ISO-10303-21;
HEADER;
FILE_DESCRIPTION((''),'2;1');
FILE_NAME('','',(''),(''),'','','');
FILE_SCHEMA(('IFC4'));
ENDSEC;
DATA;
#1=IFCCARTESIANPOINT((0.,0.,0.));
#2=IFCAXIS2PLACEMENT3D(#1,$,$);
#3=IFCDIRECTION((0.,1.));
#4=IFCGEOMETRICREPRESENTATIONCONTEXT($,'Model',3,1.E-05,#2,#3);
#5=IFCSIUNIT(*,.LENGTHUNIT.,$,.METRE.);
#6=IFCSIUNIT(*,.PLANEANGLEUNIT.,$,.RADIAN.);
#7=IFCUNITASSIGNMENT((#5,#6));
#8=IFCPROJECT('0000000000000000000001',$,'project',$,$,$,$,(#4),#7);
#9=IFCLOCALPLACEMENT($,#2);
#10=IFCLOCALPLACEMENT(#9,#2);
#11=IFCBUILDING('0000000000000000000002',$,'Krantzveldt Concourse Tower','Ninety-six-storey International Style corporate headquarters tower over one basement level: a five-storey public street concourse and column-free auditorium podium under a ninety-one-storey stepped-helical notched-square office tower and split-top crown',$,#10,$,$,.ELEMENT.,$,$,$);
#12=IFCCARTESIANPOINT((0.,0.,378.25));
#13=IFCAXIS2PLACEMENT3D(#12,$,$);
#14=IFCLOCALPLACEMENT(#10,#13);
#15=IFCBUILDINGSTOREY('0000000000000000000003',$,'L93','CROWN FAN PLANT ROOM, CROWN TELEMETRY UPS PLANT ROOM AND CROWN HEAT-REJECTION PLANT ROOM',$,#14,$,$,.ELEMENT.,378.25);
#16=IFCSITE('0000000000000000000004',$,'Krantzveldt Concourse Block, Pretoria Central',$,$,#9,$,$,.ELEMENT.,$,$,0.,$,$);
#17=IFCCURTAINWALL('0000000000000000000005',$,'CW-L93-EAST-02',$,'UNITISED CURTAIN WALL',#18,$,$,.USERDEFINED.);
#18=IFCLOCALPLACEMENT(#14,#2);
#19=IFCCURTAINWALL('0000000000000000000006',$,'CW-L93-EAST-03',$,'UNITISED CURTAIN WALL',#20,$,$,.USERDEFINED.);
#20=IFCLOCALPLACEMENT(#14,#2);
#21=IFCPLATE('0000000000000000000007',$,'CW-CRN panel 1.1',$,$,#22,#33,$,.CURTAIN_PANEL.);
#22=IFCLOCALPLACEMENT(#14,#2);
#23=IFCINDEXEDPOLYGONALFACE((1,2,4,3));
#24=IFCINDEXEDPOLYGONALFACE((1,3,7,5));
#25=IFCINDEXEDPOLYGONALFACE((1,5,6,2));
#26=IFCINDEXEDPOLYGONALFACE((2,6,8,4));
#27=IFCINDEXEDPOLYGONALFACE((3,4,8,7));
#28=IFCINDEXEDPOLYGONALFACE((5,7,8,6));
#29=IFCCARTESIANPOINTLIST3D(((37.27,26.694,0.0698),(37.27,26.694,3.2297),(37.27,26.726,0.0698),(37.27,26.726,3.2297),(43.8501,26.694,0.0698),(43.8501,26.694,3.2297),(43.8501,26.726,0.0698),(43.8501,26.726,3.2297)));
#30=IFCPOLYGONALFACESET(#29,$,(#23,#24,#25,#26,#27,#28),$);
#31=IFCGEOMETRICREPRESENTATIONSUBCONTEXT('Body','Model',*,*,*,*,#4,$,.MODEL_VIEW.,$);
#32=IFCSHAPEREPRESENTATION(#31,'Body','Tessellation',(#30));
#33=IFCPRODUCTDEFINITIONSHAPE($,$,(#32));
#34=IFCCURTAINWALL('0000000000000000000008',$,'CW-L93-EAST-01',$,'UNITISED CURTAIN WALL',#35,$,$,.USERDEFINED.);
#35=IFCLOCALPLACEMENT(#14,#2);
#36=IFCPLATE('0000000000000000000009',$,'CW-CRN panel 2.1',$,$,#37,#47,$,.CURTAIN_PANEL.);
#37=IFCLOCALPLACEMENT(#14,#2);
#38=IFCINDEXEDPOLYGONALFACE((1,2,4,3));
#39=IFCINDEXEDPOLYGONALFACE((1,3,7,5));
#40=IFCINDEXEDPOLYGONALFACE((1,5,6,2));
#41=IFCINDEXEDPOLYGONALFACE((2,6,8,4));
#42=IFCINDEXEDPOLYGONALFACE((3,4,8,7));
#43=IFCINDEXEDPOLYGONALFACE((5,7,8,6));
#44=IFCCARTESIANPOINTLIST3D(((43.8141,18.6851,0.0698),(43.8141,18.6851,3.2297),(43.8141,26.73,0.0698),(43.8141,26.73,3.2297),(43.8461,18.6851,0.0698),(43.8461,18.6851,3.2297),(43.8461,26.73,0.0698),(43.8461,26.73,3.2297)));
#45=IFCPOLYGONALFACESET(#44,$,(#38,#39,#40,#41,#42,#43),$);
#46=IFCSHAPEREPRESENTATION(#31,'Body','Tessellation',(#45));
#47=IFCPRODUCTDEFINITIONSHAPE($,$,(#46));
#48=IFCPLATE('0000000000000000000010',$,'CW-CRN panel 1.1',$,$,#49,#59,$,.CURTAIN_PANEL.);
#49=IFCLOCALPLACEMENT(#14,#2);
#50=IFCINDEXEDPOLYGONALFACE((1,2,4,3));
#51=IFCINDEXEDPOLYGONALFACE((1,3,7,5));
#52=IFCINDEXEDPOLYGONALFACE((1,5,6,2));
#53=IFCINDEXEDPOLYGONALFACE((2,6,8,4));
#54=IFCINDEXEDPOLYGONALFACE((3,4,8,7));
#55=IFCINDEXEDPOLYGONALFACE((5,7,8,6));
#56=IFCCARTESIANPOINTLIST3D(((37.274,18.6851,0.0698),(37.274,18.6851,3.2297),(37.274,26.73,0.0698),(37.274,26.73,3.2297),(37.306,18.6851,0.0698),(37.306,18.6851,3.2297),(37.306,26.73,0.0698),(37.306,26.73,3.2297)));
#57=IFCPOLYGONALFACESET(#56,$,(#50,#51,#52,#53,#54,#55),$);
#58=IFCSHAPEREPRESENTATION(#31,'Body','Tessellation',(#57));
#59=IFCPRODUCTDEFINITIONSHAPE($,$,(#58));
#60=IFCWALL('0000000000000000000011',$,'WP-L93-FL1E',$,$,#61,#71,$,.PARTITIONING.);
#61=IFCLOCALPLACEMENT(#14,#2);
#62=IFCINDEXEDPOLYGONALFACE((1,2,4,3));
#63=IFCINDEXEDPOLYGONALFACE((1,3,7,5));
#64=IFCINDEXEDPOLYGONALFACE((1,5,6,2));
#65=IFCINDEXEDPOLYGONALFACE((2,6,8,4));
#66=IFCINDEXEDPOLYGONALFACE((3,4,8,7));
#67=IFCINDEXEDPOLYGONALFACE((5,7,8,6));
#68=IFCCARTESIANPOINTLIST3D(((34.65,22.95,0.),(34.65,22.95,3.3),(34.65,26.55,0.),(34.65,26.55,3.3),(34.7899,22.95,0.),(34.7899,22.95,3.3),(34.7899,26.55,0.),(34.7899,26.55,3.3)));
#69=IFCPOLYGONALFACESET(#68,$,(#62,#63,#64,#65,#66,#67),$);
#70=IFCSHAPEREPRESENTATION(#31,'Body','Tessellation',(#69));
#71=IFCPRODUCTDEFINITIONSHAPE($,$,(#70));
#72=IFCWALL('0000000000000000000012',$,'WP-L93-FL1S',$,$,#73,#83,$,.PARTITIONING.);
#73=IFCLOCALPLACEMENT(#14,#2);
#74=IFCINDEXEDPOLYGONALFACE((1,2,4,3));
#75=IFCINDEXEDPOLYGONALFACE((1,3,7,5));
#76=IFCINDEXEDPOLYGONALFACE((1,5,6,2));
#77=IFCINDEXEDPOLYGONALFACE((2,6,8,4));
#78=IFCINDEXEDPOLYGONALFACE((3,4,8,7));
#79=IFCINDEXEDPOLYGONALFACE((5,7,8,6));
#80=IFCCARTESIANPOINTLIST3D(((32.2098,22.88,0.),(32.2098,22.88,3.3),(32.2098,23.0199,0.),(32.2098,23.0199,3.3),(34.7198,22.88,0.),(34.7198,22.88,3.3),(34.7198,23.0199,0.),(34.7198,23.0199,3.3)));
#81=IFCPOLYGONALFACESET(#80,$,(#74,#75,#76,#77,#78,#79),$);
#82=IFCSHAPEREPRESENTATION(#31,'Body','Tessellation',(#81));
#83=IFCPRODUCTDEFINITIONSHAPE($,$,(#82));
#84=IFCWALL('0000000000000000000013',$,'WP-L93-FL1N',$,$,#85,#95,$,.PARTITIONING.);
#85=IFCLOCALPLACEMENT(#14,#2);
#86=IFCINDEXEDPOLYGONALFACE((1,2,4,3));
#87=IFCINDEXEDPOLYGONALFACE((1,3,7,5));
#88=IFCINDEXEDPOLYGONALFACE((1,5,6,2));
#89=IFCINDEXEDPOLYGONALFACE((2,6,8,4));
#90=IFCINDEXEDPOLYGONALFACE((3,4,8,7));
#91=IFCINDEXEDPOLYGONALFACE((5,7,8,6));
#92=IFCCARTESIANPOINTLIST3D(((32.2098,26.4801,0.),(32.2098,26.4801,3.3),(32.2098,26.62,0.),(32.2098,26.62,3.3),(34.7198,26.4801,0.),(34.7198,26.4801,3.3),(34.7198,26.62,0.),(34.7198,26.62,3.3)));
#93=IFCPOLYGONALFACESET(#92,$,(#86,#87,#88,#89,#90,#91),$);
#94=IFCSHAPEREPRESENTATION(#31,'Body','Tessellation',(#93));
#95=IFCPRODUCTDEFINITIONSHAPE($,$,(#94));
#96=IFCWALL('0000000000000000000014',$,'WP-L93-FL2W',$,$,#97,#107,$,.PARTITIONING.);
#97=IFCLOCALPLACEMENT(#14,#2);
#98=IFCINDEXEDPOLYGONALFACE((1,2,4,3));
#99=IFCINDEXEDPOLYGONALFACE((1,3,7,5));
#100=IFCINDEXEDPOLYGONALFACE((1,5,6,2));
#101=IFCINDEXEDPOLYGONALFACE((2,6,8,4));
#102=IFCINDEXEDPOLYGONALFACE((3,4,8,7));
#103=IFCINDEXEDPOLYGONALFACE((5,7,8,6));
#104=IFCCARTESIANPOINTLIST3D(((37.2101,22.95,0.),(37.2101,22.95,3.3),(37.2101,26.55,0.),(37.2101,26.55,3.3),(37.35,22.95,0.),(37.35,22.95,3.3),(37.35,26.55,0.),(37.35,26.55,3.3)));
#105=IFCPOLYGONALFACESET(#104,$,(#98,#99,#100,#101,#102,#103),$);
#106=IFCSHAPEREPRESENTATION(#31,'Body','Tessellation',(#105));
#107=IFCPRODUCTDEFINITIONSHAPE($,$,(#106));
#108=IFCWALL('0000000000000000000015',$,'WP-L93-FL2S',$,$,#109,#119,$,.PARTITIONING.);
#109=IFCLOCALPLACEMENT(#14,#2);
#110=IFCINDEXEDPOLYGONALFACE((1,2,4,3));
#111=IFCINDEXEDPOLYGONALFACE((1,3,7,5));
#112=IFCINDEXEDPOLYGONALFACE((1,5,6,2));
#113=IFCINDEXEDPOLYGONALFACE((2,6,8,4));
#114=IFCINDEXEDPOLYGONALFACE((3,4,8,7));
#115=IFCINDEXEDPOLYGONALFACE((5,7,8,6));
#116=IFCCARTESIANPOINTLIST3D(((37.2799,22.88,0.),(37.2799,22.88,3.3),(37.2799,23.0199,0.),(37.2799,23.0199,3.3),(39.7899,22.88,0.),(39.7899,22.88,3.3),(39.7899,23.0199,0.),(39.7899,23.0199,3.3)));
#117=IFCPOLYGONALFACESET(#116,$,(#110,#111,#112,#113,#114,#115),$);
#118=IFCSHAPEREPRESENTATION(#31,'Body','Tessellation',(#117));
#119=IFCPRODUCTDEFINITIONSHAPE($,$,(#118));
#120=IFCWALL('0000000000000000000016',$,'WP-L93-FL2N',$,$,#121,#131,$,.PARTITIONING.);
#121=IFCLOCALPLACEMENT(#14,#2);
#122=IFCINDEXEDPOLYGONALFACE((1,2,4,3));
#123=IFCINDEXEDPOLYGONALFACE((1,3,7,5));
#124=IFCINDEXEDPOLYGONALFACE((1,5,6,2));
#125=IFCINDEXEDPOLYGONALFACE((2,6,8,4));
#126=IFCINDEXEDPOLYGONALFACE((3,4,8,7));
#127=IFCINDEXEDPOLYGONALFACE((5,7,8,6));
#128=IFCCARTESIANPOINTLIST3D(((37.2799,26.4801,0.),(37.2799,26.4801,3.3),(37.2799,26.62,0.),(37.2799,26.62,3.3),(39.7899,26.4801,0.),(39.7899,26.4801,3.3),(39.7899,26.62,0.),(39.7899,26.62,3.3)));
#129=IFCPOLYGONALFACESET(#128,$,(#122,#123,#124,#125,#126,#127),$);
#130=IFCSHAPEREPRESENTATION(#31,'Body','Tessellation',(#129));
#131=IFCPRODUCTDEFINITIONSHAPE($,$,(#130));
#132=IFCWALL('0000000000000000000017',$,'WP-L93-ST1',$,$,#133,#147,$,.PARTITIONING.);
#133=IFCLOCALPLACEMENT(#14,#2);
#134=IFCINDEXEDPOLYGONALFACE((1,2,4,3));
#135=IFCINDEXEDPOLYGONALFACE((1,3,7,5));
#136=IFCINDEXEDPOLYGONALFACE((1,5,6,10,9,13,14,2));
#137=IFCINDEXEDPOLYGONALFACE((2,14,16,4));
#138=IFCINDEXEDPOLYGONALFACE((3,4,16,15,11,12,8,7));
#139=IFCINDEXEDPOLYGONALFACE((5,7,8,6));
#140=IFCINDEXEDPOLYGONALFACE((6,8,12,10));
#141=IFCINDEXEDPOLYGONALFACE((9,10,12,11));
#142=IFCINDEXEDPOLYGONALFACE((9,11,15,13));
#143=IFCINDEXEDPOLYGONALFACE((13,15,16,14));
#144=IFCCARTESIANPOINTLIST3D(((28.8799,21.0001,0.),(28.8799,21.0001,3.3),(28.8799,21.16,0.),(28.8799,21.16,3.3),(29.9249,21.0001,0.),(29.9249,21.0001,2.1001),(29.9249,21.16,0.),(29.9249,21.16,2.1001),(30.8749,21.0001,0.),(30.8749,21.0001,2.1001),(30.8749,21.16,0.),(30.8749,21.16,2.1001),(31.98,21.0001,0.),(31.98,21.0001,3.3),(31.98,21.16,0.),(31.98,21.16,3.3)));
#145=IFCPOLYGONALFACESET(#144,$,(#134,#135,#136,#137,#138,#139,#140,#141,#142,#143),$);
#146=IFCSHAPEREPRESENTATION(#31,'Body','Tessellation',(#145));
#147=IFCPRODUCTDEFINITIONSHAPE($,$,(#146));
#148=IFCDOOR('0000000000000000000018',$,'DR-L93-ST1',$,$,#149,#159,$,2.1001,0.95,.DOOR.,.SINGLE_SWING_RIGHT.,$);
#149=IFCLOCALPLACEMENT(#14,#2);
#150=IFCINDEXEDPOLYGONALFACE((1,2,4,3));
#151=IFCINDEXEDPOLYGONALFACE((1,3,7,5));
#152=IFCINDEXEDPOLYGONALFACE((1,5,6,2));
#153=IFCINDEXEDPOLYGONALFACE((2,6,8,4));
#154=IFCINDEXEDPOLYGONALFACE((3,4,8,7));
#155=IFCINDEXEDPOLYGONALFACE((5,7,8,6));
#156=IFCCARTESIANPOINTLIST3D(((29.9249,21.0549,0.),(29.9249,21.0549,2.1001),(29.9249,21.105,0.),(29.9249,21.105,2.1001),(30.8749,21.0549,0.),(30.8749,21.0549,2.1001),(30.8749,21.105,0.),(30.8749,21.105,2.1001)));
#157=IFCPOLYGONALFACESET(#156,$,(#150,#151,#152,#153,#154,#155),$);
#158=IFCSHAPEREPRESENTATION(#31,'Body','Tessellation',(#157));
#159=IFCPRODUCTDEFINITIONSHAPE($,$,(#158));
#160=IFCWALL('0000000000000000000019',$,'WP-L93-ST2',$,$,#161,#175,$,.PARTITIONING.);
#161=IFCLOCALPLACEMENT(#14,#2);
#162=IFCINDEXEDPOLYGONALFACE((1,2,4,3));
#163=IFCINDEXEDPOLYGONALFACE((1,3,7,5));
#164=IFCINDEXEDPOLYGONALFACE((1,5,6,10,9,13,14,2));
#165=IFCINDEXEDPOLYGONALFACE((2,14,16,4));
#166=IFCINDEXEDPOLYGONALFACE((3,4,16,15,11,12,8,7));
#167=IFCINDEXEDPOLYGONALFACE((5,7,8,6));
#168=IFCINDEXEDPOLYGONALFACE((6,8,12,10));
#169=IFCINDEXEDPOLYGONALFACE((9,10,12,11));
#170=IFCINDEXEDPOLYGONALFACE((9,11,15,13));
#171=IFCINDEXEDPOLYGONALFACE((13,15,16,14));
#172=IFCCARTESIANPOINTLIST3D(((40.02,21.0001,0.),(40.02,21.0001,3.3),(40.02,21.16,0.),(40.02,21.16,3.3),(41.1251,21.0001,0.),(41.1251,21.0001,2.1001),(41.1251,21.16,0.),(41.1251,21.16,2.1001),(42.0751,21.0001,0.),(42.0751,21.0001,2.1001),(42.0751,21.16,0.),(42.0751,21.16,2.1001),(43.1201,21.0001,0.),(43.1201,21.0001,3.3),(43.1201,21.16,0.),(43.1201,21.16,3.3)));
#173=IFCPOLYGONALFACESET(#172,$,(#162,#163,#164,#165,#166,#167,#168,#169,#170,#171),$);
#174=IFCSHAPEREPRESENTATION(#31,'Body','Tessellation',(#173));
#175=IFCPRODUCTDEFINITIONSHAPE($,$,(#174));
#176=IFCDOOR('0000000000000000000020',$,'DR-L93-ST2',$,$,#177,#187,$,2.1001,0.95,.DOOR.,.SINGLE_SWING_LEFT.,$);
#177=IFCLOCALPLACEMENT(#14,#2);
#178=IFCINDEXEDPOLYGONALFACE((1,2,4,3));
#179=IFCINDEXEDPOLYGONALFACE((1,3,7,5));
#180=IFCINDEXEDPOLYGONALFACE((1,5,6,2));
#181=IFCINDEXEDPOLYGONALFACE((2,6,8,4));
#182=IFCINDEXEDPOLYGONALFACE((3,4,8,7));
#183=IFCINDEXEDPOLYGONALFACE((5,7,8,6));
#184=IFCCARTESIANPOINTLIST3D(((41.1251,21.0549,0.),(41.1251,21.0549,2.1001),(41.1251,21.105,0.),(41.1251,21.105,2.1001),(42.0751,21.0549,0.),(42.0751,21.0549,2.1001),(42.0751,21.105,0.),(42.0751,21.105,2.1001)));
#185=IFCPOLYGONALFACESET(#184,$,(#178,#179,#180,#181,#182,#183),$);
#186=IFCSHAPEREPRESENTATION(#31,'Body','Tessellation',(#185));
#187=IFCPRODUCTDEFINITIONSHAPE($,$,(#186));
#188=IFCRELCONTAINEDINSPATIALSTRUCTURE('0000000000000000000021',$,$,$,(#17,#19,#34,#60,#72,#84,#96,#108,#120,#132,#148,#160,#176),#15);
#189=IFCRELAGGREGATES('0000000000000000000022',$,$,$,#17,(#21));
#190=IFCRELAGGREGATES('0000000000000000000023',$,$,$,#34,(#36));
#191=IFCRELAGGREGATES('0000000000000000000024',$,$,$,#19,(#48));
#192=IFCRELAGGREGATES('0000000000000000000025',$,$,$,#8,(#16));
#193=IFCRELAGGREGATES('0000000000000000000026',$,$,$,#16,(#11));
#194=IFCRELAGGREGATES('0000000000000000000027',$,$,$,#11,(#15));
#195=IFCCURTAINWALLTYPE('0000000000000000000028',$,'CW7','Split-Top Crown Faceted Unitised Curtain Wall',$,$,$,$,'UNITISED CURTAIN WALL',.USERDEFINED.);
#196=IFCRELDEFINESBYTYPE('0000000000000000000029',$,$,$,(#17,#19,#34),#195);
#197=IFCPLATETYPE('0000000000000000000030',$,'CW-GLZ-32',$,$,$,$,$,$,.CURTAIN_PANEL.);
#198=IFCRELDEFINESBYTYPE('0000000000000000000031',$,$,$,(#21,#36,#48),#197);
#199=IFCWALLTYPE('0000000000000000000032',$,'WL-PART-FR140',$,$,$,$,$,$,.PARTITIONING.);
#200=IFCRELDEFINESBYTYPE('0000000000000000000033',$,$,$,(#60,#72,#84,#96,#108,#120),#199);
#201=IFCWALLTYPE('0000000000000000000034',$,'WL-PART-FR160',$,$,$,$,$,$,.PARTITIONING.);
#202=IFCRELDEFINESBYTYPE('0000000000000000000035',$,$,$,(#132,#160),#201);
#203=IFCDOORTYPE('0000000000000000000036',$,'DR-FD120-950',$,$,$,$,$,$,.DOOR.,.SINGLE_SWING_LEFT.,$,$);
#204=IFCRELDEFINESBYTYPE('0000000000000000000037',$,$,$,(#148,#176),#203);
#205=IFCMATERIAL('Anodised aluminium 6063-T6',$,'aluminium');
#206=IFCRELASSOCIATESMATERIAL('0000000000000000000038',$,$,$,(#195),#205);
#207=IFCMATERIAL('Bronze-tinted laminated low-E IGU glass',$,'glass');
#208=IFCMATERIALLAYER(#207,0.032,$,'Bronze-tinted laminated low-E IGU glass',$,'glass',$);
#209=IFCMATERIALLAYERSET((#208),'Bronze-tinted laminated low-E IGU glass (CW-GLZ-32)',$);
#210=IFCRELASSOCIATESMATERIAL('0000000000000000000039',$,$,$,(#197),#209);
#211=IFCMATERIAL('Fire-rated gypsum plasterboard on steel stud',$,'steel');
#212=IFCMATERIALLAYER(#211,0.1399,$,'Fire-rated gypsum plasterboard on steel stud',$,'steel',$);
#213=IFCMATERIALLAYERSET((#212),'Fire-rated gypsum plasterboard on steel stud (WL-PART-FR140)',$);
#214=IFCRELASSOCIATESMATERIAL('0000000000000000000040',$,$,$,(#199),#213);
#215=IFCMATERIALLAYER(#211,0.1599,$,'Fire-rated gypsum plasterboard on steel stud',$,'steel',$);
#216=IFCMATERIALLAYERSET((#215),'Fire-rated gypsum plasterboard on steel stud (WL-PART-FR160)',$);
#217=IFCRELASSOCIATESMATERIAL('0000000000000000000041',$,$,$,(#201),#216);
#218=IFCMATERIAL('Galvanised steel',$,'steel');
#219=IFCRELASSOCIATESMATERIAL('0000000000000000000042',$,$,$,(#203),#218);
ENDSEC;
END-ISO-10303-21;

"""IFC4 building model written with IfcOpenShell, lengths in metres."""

from ifc_helpers import new_model, si_unit, direction, frame, frame_2d, origin, origin_2d, place, context, subcontext, project, spatial, rectangle, extrude, source, transform, mapped, material, layer, layer_set, type_object, element, fill, aggregate, save


model = new_model("IFC4")

# Units and contexts
model_context = context("Model", 3, precision=1e-05, world=origin(), true_north=direction((0.0, 1.0)))
body_context = subcontext(model_context, "Body", "Model", "MODEL_VIEW")
ifc_project = project(units=[si_unit("LENGTHUNIT", "METRE"), si_unit("PLANEANGLEUNIT", "RADIAN")], contexts=[model_context])

# Site, building, storey
site_placement = place(None, origin())
site = spatial("IfcSite", under=ifc_project, at=site_placement, Name="Krantzveldt Concourse Block, Pretoria Central", CompositionType="ELEMENT", RefElevation=0.0)
building_placement = place(site_placement, origin())
building = spatial("IfcBuilding", under=site, at=building_placement, Name="Krantzveldt Concourse Tower", Description="Ninety-six-storey International Style corporate headquarters tower over one basement level: a five-storey public street concourse and column-free auditorium podium under a ninety-one-storey stepped-helical notched-square office tower and split-top crown", CompositionType="ELEMENT")
storey_placement = place(building_placement, frame((0.0, 0.0, 378.25)))
storey = spatial("IfcBuildingStorey", under=building, at=storey_placement, Name="L93", Description="CROWN FAN PLANT ROOM, CROWN TELEMETRY UPS PLANT ROOM AND CROWN HEAT-REJECTION PLANT ROOM", CompositionType="ELEMENT", Elevation=378.25)

# Curtain walls
ifc_material_1 = material(Name="Anodised aluminium 6063-T6", Category="aluminium")
curtain_wall_type = type_object("IfcCurtainWallType", Name="CW7", Description="Split-Top Crown Faceted Unitised Curtain Wall", ElementType="UNITISED CURTAIN WALL", PredefinedType="USERDEFINED", material=ifc_material_1)
curtain_wall_1_placement = place(storey_placement, origin())
curtain_wall_1 = element("IfcCurtainWall", 1, at=curtain_wall_1_placement, inside=storey, type_object=curtain_wall_type, Name="CW-L93-EAST-02", ObjectType="UNITISED CURTAIN WALL", PredefinedType="USERDEFINED")
curtain_wall_2_placement = place(storey_placement, origin())
curtain_wall_2 = element("IfcCurtainWall", 2, at=curtain_wall_2_placement, inside=storey, type_object=curtain_wall_type, Name="CW-L93-EAST-03", ObjectType="UNITISED CURTAIN WALL", PredefinedType="USERDEFINED")

# Plate
ifc_material_2 = material(Name="Bronze-tinted laminated low-E IGU glass", Category="glass")
ifc_layer_1 = layer(ifc_material_2, 0.032, Name="Bronze-tinted laminated low-E IGU glass", Category="glass")
ifc_layer_set_1 = layer_set([ifc_layer_1], Name="Bronze-tinted laminated low-E IGU glass (CW-GLZ-32)")
plate_type = type_object("IfcPlateType", Name="CW-GLZ-32", PredefinedType="CURTAIN_PANEL", material=ifc_layer_set_1)
shared_shape_1 = source(origin(), body_context, "Body", "SweptSolid", [
    extrude(rectangle(XDim=6.5801, YDim=0.032, at=origin_2d()), origin(), (0.0, 0.0, 1.0), 3.1599),
])
plate_1_placement = place(storey_placement, frame((40.5601, 26.71, 0.0698), z_axis=(0.0, 0.0, 1.0), x_axis=(-1.0, 0.0, 0.0)))
plate_1 = element("IfcPlate", 3, at=plate_1_placement, type_object=plate_type, Name="CW-CRN panel 1.1", PredefinedType="CURTAIN_PANEL", context=body_context, shape_type="MappedRepresentation", body=[
    mapped(shared_shape_1, transform((0.0, 0.0, 0.0), x_axis=(1.0, 0.0, 0.0), y_axis=(0.0, 1.0, 0.0), z_axis=(0.0, 0.0, 1.0), scale=1.0)),
])
aggregate(curtain_wall_1, [plate_1])

# Curtain wall, plate
curtain_wall_3_placement = place(storey_placement, origin())
curtain_wall_3 = element("IfcCurtainWall", 4, at=curtain_wall_3_placement, inside=storey, type_object=curtain_wall_type, Name="CW-L93-EAST-01", ObjectType="UNITISED CURTAIN WALL", PredefinedType="USERDEFINED")
shared_shape_2 = source(origin(), body_context, "Body", "SweptSolid", [
    extrude(rectangle(XDim=8.0449, YDim=0.032, at=origin_2d()), origin(), (0.0, 0.0, 1.0), 3.1599),
])
plate_2_placement = place(storey_placement, frame((43.8301, 22.7075, 0.0698), z_axis=(0.0, 0.0, 1.0), x_axis=(0.0, 1.0, 0.0)))
plate_2 = element("IfcPlate", 5, at=plate_2_placement, type_object=plate_type, Name="CW-CRN panel 2.1", PredefinedType="CURTAIN_PANEL", context=body_context, shape_type="MappedRepresentation", body=[
    mapped(shared_shape_2, transform((0.0, 0.0, 0.0), x_axis=(1.0, 0.0, 0.0), y_axis=(0.0, 1.0, 0.0), z_axis=(0.0, 0.0, 1.0), scale=1.0)),
])
aggregate(curtain_wall_3, [plate_2])

# Plate
plate_3_placement = place(storey_placement, frame((37.29, 22.7075, 0.0698), z_axis=(0.0, 0.0, 1.0), x_axis=(0.0, -1.0, 0.0)))
plate_3 = element("IfcPlate", 6, at=plate_3_placement, type_object=plate_type, Name="CW-CRN panel 1.1", PredefinedType="CURTAIN_PANEL", context=body_context, shape_type="MappedRepresentation", body=[
    mapped(shared_shape_2, transform((0.0, 0.0, 0.0), x_axis=(1.0, 0.0, 0.0), y_axis=(0.0, 1.0, 0.0), z_axis=(0.0, 0.0, 1.0), scale=1.0)),
])
aggregate(curtain_wall_2, [plate_3])

# Walls
ifc_material_3 = material(Name="Fire-rated gypsum plasterboard on steel stud", Category="steel")
ifc_layer_2 = layer(ifc_material_3, 0.1399, Name="Fire-rated gypsum plasterboard on steel stud", Category="steel")
ifc_layer_set_2 = layer_set([ifc_layer_2], Name="Fire-rated gypsum plasterboard on steel stud (WL-PART-FR140)")
wall_type_1 = type_object("IfcWallType", Name="WL-PART-FR140", PredefinedType="PARTITIONING", material=ifc_layer_set_2)
wall_1_placement = place(storey_placement, frame((34.72, 22.95, 0.0), z_axis=(0.0, 0.0, 1.0), x_axis=(0.0, 1.0, 0.0)))
element("IfcWall", 7, at=wall_1_placement, inside=storey, type_object=wall_type_1, Name="WP-L93-FL1E", PredefinedType="PARTITIONING", context=body_context, shape_type="SweptSolid", body=[
    extrude(rectangle(XDim=3.6001, YDim=0.1399, at=frame_2d((1.8, 0.0))), origin(), (0.0, 0.0, 1.0), 3.3),
])
for number, where, z_axis, x_axis, name in (
    (8, (32.21, 22.95, 0.0), (0.0, 0.0, 1.0), (1.0, 0.0, 0.0), "WP-L93-FL1S"),
    (9, (32.21, 26.55, 0.0), (0.0, 0.0, 1.0), (1.0, 0.0, 0.0), "WP-L93-FL1N"),
):
    element("IfcWall", number, at=place(storey_placement, frame(where, z_axis=z_axis, x_axis=x_axis)), inside=storey, type_object=wall_type_1, Name=name, PredefinedType="PARTITIONING", context=body_context, shape_type="SweptSolid", body=[
        extrude(rectangle(XDim=2.51, YDim=0.1399, at=frame_2d((1.2549, 0.0))), origin(), (0.0, 0.0, 1.0), 3.3),
    ])
wall_2_placement = place(storey_placement, frame((37.28, 22.95, 0.0), z_axis=(0.0, 0.0, 1.0), x_axis=(0.0, 1.0, 0.0)))
element("IfcWall", 10, at=wall_2_placement, inside=storey, type_object=wall_type_1, Name="WP-L93-FL2W", PredefinedType="PARTITIONING", context=body_context, shape_type="SweptSolid", body=[
    extrude(rectangle(XDim=3.6001, YDim=0.1399, at=frame_2d((1.8, 0.0))), origin(), (0.0, 0.0, 1.0), 3.3),
])
for number, where, z_axis, x_axis, name in (
    (11, (37.28, 22.95, 0.0), (0.0, 0.0, 1.0), (1.0, 0.0, 0.0), "WP-L93-FL2S"),
    (12, (37.28, 26.55, 0.0), (0.0, 0.0, 1.0), (1.0, 0.0, 0.0), "WP-L93-FL2N"),
):
    element("IfcWall", number, at=place(storey_placement, frame(where, z_axis=z_axis, x_axis=x_axis)), inside=storey, type_object=wall_type_1, Name=name, PredefinedType="PARTITIONING", context=body_context, shape_type="SweptSolid", body=[
        extrude(rectangle(XDim=2.51, YDim=0.1399, at=frame_2d((1.2549, 0.0))), origin(), (0.0, 0.0, 1.0), 3.3),
    ])

# Walls, openings, doors
ifc_layer_3 = layer(ifc_material_3, 0.1599, Name="Fire-rated gypsum plasterboard on steel stud", Category="steel")
ifc_layer_set_3 = layer_set([ifc_layer_3], Name="Fire-rated gypsum plasterboard on steel stud (WL-PART-FR160)")
wall_type_2 = type_object("IfcWallType", Name="WL-PART-FR160", PredefinedType="PARTITIONING", material=ifc_layer_set_3)
wall_3_placement = place(storey_placement, frame((28.8799, 21.0801, 0.0), z_axis=(0.0, 0.0, 1.0), x_axis=(1.0, 0.0, 0.0)))
wall_3 = element("IfcWall", 13, at=wall_3_placement, inside=storey, type_object=wall_type_2, Name="WP-L93-ST1", PredefinedType="PARTITIONING", context=body_context, shape_type="SweptSolid", body=[
    extrude(rectangle(XDim=3.1001, YDim=0.1599, at=frame_2d((1.55, 0.0))), origin(), (0.0, 0.0, 1.0), 3.3),
])
opening_1_placement = place(wall_3_placement, frame((1.0449, 0.0, 0.0)))
opening_1 = element("IfcOpeningElement", 14, at=opening_1_placement, cuts=wall_3, PredefinedType="OPENING", context=body_context, shape_type="SweptSolid", body=[
    extrude(rectangle(XDim=0.95, YDim=2.1001, at=frame_2d((0.4751, 1.05))), frame((0.0, 0.0898, 0.0), z_axis=(0.0, -1.0, 0.0), x_axis=(1.0, 0.0, 0.0)), (0.0, 0.0, 1.0), 0.1799),
])
ifc_material_4 = material(Name="Galvanised steel", Category="steel")
door_type = type_object("IfcDoorType", Name="DR-FD120-950", OperationType="SINGLE_SWING_LEFT", PredefinedType="DOOR", material=ifc_material_4)
door_1_placement = place(opening_1_placement, origin())
door_1 = element("IfcDoor", 15, at=door_1_placement, inside=storey, type_object=door_type, Name="DR-L93-ST1", OperationType="SINGLE_SWING_RIGHT", OverallHeight=2.1001, OverallWidth=0.95, PredefinedType="DOOR", context=body_context, shape_type="SweptSolid", body=[
    extrude(rectangle(XDim=0.95, YDim=2.1001, at=frame_2d((0.4751, 1.05))), frame((0.0, 0.0249, 0.0), z_axis=(0.0, -1.0, 0.0), x_axis=(1.0, 0.0, 0.0)), (0.0, 0.0, 1.0), 0.05),
])
fill(opening_1, door_1)
wall_4_placement = place(storey_placement, frame((40.02, 21.0801, 0.0), z_axis=(0.0, 0.0, 1.0), x_axis=(1.0, 0.0, 0.0)))
wall_4 = element("IfcWall", 16, at=wall_4_placement, inside=storey, type_object=wall_type_2, Name="WP-L93-ST2", PredefinedType="PARTITIONING", context=body_context, shape_type="SweptSolid", body=[
    extrude(rectangle(XDim=3.1001, YDim=0.1599, at=frame_2d((1.55, 0.0))), origin(), (0.0, 0.0, 1.0), 3.3),
])
opening_2_placement = place(wall_4_placement, frame((1.105, 0.0, 0.0)))
opening_2 = element("IfcOpeningElement", 17, at=opening_2_placement, cuts=wall_4, PredefinedType="OPENING", context=body_context, shape_type="SweptSolid", body=[
    extrude(rectangle(XDim=0.95, YDim=2.1001, at=frame_2d((0.4751, 1.05))), frame((0.0, 0.0898, 0.0), z_axis=(0.0, -1.0, 0.0), x_axis=(1.0, 0.0, 0.0)), (0.0, 0.0, 1.0), 0.1799),
])
door_2_placement = place(opening_2_placement, origin())
door_2 = element("IfcDoor", 18, at=door_2_placement, inside=storey, type_object=door_type, Name="DR-L93-ST2", OperationType="SINGLE_SWING_LEFT", OverallHeight=2.1001, OverallWidth=0.95, PredefinedType="DOOR", context=body_context, shape_type="SweptSolid", body=[
    extrude(rectangle(XDim=0.95, YDim=2.1001, at=frame_2d((0.4751, 1.05))), frame((0.0, 0.0249, 0.0), z_axis=(0.0, -1.0, 0.0), x_axis=(1.0, 0.0, 0.0)), (0.0, 0.0, 1.0), 0.05),
])
fill(opening_2, door_2)

save(model, "model.ifc")
